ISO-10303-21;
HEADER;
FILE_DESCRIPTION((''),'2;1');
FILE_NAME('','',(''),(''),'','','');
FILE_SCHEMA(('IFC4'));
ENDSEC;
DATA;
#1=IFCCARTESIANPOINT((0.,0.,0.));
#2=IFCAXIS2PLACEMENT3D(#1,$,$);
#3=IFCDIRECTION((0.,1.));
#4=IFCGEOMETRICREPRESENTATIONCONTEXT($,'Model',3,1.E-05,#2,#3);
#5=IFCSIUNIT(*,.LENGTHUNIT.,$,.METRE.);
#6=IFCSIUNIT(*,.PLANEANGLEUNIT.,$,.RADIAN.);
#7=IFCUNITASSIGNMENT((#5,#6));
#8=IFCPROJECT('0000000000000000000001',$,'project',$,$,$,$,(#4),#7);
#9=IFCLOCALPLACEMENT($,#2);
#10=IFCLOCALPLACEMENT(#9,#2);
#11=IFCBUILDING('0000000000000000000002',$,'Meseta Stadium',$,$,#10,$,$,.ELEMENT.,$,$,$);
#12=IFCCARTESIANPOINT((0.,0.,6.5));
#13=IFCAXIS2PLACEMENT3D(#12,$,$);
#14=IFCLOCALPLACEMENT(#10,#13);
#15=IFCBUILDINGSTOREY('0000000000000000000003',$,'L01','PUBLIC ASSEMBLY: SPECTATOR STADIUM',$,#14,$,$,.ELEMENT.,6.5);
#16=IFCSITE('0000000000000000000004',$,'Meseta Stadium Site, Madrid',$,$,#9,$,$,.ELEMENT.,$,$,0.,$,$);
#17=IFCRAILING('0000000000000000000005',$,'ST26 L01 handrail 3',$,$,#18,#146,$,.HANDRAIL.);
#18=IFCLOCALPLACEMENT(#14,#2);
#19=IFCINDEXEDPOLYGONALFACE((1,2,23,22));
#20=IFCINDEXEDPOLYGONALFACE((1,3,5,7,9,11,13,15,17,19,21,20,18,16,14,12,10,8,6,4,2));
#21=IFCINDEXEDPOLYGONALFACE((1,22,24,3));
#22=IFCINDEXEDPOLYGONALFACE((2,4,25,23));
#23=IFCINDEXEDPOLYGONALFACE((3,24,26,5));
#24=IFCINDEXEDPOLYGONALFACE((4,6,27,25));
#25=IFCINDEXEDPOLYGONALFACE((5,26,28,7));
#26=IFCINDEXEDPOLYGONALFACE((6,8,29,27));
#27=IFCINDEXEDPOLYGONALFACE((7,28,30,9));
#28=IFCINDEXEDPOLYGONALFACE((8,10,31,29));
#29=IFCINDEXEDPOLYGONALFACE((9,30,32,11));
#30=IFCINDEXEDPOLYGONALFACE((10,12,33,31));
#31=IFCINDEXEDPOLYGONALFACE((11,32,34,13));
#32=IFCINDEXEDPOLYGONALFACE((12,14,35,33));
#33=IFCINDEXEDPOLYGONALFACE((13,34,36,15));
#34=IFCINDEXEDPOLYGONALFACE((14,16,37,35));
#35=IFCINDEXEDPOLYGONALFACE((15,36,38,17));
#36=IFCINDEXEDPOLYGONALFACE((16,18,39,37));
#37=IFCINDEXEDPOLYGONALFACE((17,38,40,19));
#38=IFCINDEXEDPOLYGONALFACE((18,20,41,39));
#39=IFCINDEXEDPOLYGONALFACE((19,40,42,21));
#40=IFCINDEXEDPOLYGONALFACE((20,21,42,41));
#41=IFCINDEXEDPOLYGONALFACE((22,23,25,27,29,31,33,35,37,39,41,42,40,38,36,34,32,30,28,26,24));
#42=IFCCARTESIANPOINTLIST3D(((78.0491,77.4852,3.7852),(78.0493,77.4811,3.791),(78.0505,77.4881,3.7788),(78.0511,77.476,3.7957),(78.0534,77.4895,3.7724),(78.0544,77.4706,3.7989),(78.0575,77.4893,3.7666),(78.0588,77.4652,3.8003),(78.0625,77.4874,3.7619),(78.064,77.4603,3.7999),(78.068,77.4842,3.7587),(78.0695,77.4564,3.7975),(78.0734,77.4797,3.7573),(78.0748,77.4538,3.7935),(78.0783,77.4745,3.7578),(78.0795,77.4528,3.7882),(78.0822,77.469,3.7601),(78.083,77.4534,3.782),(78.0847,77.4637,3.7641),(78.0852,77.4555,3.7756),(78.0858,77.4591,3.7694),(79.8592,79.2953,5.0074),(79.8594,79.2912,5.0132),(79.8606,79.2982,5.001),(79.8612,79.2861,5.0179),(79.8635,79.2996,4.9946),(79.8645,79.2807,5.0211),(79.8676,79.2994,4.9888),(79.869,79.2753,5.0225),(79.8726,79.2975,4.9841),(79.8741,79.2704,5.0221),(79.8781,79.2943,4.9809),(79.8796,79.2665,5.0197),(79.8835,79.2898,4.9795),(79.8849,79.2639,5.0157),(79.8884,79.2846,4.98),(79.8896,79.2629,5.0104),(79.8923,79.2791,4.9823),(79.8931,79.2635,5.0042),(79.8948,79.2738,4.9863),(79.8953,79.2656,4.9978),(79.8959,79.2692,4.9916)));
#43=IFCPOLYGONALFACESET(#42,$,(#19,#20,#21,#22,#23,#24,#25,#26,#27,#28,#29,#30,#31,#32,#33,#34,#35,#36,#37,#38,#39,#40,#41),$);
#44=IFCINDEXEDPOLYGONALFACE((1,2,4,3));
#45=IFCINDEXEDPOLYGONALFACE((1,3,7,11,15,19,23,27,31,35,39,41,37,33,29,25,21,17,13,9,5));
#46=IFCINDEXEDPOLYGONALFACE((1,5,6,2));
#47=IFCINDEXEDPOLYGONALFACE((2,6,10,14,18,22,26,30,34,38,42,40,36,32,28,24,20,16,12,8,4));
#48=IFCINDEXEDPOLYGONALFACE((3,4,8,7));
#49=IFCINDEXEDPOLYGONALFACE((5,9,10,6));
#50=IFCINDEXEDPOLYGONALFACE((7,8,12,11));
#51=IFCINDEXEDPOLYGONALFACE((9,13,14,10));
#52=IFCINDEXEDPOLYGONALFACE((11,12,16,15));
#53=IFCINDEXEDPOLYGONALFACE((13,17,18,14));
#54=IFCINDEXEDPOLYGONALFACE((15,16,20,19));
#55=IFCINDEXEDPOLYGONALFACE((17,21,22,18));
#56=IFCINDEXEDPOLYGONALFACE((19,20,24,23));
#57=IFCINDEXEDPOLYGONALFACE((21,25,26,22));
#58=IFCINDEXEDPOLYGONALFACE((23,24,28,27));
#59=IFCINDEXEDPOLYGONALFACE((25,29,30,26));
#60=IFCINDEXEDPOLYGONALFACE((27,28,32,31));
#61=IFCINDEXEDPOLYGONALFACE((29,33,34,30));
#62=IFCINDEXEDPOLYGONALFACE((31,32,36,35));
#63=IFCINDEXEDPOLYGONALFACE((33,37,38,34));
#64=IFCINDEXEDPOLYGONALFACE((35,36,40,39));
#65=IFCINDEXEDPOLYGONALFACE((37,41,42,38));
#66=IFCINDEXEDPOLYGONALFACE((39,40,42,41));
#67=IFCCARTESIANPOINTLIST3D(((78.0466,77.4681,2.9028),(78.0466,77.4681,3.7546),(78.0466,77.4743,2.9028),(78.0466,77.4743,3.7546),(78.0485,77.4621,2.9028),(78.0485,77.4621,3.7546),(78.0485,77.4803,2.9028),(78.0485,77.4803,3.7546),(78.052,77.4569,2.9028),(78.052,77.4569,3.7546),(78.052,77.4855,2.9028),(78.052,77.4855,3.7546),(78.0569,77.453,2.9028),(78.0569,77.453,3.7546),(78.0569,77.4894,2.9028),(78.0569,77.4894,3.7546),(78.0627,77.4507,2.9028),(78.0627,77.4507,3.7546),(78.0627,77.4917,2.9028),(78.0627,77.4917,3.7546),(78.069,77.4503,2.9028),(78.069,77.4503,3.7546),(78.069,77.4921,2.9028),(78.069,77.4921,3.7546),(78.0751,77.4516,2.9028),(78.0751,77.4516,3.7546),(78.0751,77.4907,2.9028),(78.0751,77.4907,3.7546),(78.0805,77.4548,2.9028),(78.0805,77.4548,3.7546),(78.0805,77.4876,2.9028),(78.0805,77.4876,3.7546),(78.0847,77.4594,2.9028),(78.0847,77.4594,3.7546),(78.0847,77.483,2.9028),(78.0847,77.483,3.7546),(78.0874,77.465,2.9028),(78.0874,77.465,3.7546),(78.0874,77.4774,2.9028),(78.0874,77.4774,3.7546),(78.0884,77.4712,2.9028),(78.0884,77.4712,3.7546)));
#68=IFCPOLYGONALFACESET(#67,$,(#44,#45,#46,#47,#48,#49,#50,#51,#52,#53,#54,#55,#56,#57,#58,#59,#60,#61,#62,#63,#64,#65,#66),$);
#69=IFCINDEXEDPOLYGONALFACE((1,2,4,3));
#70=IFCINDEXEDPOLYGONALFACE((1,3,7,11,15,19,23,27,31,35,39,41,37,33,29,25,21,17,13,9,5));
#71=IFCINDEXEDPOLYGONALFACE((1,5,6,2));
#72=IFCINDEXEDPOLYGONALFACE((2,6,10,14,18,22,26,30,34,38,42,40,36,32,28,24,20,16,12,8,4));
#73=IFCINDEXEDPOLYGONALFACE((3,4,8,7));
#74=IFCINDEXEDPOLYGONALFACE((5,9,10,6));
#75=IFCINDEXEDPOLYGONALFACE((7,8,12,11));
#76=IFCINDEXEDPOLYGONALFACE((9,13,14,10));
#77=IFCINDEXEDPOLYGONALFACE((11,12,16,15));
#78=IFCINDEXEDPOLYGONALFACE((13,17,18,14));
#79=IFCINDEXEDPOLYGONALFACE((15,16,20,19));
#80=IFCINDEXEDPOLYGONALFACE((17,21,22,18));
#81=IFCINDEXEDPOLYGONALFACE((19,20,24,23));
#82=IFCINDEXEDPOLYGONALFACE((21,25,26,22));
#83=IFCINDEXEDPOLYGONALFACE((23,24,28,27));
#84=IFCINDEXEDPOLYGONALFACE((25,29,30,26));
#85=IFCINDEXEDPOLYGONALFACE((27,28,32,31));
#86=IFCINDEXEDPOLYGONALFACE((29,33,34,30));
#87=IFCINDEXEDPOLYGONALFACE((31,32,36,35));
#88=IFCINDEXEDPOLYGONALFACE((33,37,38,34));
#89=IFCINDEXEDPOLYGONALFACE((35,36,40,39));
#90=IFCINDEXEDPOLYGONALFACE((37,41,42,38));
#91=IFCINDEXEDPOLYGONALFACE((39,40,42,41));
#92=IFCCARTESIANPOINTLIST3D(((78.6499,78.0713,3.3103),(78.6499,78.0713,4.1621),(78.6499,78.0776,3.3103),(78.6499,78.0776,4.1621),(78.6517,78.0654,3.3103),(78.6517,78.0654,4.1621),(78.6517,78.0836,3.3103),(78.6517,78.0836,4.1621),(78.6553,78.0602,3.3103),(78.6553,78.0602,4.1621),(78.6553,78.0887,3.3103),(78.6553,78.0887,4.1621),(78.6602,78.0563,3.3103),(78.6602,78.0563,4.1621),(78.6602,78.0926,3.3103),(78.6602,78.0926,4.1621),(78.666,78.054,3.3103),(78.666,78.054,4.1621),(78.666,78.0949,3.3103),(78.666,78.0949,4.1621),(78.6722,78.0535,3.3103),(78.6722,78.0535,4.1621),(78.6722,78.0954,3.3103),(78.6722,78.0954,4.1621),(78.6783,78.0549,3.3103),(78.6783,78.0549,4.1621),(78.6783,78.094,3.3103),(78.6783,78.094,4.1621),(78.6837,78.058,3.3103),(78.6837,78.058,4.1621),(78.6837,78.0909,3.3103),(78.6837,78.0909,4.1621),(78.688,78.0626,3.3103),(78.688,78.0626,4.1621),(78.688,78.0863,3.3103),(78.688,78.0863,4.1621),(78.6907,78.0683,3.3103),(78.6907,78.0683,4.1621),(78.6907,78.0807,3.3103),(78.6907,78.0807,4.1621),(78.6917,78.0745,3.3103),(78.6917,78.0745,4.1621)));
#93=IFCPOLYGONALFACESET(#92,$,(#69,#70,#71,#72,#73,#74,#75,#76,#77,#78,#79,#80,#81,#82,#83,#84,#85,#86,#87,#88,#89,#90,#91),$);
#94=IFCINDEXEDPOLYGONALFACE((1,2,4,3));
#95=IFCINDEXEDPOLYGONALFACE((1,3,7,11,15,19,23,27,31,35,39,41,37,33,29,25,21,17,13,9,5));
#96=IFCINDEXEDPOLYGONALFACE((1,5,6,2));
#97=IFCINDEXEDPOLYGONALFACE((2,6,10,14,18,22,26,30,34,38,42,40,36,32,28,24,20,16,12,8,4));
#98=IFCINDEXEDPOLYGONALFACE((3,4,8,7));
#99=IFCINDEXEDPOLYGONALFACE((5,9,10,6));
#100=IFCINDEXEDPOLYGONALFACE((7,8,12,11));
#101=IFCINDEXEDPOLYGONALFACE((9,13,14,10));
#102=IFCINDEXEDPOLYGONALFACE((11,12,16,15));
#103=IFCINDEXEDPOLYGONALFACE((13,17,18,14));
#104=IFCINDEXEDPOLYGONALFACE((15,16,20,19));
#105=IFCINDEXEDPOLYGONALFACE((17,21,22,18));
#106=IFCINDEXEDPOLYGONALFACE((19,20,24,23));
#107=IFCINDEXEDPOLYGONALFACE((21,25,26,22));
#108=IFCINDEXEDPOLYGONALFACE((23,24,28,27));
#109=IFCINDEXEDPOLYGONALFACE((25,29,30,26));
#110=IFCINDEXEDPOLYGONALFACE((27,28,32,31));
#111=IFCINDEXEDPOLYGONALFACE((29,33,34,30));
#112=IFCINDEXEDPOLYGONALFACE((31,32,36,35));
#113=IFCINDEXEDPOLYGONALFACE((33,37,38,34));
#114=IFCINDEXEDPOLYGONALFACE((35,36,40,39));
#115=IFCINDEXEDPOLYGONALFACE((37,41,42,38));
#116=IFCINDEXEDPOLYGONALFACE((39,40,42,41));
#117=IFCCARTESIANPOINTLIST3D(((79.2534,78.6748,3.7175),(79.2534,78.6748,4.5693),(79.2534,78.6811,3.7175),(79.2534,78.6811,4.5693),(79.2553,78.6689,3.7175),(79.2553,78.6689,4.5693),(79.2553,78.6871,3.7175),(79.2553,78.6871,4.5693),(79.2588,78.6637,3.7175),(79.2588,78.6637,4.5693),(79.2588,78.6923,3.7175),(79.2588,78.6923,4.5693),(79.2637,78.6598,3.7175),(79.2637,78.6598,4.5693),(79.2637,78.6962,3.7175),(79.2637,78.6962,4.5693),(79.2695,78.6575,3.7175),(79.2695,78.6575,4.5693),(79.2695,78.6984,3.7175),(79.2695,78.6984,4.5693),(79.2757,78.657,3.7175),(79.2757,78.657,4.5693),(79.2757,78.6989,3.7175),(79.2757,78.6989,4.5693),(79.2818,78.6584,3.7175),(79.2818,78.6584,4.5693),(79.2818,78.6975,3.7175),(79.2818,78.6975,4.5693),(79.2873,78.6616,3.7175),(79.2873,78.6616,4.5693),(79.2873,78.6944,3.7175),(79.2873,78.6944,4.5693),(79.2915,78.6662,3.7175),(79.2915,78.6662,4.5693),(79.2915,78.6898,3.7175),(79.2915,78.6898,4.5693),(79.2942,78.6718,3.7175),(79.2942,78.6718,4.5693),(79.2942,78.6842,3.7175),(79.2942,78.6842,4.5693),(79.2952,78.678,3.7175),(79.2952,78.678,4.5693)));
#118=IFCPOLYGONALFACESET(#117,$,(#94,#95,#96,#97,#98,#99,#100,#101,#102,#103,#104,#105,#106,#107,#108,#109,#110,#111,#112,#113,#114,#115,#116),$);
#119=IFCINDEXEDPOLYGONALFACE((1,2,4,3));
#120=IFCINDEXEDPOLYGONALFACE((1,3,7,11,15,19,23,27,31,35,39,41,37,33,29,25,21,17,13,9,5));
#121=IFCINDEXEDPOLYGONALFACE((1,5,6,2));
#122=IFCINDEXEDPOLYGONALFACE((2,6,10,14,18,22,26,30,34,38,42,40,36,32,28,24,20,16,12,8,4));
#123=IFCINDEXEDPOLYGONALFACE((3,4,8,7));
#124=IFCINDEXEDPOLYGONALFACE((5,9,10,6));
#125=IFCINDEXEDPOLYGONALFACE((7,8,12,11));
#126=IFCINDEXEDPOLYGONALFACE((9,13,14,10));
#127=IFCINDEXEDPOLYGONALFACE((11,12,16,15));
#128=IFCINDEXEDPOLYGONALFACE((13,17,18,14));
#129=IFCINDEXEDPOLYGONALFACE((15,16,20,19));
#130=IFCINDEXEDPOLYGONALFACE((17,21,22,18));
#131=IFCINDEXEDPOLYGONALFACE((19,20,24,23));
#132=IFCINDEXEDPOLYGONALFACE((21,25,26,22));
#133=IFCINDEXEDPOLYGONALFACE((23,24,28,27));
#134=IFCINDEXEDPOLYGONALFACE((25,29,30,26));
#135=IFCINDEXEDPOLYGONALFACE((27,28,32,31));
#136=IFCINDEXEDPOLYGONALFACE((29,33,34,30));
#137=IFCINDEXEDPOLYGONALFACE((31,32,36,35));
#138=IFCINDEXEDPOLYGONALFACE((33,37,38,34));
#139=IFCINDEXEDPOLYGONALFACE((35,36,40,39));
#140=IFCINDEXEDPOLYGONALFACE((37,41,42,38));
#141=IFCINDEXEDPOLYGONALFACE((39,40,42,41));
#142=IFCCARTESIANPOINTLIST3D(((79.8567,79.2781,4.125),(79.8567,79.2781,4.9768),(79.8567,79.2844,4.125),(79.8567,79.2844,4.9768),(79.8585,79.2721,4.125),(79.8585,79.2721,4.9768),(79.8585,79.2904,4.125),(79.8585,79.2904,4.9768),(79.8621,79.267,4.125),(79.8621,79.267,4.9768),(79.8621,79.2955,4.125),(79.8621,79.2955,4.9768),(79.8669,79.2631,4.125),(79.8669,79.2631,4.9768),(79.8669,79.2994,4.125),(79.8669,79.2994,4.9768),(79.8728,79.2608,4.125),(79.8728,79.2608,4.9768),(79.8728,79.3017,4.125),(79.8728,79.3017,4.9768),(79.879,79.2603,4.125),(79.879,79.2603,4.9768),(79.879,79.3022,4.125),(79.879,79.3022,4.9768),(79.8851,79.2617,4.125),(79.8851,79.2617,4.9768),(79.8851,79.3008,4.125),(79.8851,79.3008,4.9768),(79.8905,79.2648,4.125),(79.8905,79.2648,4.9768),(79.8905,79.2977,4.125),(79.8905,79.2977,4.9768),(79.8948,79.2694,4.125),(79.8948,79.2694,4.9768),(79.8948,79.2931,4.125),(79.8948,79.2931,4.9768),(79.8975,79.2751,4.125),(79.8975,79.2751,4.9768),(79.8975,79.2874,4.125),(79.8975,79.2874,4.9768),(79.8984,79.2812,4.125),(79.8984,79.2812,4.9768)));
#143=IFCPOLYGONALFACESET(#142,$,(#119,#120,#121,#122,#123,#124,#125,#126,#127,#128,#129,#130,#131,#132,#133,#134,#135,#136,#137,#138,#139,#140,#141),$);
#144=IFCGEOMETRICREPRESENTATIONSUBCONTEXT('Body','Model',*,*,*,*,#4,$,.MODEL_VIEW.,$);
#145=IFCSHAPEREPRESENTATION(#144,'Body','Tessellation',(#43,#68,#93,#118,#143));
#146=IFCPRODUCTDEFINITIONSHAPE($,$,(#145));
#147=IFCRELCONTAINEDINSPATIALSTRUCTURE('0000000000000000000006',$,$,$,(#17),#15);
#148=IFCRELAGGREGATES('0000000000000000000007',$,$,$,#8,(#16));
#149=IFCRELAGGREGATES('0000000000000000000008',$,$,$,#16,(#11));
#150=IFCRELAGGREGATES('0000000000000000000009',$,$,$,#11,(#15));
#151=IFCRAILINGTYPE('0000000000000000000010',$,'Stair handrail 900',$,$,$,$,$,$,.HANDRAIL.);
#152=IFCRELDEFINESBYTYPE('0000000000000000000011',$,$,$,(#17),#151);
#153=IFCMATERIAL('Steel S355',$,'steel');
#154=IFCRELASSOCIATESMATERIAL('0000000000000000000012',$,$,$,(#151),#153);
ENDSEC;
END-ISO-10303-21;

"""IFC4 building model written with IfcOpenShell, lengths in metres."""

from ifc_helpers import new_model, si_unit, direction, frame, origin, origin_2d, place, context, subcontext, project, spatial, circle, extrude, material, type_object, element, save


model = new_model("IFC4")

# Units and contexts
model_context = context("Model", 3, precision=1e-05, world=origin(), true_north=direction((0.0, 1.0)))
body_context = subcontext(model_context, "Body", "Model", "MODEL_VIEW")
ifc_project = project(units=[si_unit("LENGTHUNIT", "METRE"), si_unit("PLANEANGLEUNIT", "RADIAN")], contexts=[model_context])

# Site, building, storey
site_placement = place(None, origin())
site = spatial("IfcSite", under=ifc_project, at=site_placement, Name="Meseta Stadium Site, Madrid", CompositionType="ELEMENT", RefElevation=0.0)
building_placement = place(site_placement, origin())
building = spatial("IfcBuilding", under=site, at=building_placement, Name="Meseta Stadium", CompositionType="ELEMENT")
storey_placement = place(building_placement, frame((0.0, 0.0, 6.5)))
storey = spatial("IfcBuildingStorey", under=building, at=storey_placement, Name="L01", Description="PUBLIC ASSEMBLY: SPECTATOR STADIUM", CompositionType="ELEMENT", Elevation=6.5)

# Railing
ifc_material_1 = material(Name="Steel S355", Category="steel")
railing_type_1 = type_object("IfcRailingType", Name="Stair handrail 900", PredefinedType="HANDRAIL", material=ifc_material_1)
railing_1_placement = place(storey_placement, frame((78.0674, 77.4712, 2.9028)))
element("IfcRailing", 1, at=railing_1_placement, inside=storey, type_object=railing_type_1, Name="ST26 L01 handrail 3", PredefinedType="HANDRAIL", context=body_context, shape_type="SweptSolid", body=[
    extrude(circle(Radius=0.0239, at=origin_2d()), frame((0.0, 0.0, 0.876), z_axis=(0.638108, 0.638108, 0.430856), x_axis=(-0.707107, 0.707107, 0.0)), (0.0, 0.0, 1.0), 2.8367),
    extrude(circle(Radius=0.021, at=origin_2d()), origin(), (0.0, 0.0, 1.0), 0.8518),
    extrude(circle(Radius=0.021, at=origin_2d()), frame((0.6033, 0.6033, 0.4075)), (0.0, 0.0, 1.0), 0.8518),
    extrude(circle(Radius=0.021, at=origin_2d()), frame((1.2068, 1.2068, 0.8147)), (0.0, 0.0, 1.0), 0.8518),
    extrude(circle(Radius=0.021, at=origin_2d()), frame((1.8101, 1.8101, 1.2222)), (0.0, 0.0, 1.0), 0.8518),
])

save(model, "model.ifc")
